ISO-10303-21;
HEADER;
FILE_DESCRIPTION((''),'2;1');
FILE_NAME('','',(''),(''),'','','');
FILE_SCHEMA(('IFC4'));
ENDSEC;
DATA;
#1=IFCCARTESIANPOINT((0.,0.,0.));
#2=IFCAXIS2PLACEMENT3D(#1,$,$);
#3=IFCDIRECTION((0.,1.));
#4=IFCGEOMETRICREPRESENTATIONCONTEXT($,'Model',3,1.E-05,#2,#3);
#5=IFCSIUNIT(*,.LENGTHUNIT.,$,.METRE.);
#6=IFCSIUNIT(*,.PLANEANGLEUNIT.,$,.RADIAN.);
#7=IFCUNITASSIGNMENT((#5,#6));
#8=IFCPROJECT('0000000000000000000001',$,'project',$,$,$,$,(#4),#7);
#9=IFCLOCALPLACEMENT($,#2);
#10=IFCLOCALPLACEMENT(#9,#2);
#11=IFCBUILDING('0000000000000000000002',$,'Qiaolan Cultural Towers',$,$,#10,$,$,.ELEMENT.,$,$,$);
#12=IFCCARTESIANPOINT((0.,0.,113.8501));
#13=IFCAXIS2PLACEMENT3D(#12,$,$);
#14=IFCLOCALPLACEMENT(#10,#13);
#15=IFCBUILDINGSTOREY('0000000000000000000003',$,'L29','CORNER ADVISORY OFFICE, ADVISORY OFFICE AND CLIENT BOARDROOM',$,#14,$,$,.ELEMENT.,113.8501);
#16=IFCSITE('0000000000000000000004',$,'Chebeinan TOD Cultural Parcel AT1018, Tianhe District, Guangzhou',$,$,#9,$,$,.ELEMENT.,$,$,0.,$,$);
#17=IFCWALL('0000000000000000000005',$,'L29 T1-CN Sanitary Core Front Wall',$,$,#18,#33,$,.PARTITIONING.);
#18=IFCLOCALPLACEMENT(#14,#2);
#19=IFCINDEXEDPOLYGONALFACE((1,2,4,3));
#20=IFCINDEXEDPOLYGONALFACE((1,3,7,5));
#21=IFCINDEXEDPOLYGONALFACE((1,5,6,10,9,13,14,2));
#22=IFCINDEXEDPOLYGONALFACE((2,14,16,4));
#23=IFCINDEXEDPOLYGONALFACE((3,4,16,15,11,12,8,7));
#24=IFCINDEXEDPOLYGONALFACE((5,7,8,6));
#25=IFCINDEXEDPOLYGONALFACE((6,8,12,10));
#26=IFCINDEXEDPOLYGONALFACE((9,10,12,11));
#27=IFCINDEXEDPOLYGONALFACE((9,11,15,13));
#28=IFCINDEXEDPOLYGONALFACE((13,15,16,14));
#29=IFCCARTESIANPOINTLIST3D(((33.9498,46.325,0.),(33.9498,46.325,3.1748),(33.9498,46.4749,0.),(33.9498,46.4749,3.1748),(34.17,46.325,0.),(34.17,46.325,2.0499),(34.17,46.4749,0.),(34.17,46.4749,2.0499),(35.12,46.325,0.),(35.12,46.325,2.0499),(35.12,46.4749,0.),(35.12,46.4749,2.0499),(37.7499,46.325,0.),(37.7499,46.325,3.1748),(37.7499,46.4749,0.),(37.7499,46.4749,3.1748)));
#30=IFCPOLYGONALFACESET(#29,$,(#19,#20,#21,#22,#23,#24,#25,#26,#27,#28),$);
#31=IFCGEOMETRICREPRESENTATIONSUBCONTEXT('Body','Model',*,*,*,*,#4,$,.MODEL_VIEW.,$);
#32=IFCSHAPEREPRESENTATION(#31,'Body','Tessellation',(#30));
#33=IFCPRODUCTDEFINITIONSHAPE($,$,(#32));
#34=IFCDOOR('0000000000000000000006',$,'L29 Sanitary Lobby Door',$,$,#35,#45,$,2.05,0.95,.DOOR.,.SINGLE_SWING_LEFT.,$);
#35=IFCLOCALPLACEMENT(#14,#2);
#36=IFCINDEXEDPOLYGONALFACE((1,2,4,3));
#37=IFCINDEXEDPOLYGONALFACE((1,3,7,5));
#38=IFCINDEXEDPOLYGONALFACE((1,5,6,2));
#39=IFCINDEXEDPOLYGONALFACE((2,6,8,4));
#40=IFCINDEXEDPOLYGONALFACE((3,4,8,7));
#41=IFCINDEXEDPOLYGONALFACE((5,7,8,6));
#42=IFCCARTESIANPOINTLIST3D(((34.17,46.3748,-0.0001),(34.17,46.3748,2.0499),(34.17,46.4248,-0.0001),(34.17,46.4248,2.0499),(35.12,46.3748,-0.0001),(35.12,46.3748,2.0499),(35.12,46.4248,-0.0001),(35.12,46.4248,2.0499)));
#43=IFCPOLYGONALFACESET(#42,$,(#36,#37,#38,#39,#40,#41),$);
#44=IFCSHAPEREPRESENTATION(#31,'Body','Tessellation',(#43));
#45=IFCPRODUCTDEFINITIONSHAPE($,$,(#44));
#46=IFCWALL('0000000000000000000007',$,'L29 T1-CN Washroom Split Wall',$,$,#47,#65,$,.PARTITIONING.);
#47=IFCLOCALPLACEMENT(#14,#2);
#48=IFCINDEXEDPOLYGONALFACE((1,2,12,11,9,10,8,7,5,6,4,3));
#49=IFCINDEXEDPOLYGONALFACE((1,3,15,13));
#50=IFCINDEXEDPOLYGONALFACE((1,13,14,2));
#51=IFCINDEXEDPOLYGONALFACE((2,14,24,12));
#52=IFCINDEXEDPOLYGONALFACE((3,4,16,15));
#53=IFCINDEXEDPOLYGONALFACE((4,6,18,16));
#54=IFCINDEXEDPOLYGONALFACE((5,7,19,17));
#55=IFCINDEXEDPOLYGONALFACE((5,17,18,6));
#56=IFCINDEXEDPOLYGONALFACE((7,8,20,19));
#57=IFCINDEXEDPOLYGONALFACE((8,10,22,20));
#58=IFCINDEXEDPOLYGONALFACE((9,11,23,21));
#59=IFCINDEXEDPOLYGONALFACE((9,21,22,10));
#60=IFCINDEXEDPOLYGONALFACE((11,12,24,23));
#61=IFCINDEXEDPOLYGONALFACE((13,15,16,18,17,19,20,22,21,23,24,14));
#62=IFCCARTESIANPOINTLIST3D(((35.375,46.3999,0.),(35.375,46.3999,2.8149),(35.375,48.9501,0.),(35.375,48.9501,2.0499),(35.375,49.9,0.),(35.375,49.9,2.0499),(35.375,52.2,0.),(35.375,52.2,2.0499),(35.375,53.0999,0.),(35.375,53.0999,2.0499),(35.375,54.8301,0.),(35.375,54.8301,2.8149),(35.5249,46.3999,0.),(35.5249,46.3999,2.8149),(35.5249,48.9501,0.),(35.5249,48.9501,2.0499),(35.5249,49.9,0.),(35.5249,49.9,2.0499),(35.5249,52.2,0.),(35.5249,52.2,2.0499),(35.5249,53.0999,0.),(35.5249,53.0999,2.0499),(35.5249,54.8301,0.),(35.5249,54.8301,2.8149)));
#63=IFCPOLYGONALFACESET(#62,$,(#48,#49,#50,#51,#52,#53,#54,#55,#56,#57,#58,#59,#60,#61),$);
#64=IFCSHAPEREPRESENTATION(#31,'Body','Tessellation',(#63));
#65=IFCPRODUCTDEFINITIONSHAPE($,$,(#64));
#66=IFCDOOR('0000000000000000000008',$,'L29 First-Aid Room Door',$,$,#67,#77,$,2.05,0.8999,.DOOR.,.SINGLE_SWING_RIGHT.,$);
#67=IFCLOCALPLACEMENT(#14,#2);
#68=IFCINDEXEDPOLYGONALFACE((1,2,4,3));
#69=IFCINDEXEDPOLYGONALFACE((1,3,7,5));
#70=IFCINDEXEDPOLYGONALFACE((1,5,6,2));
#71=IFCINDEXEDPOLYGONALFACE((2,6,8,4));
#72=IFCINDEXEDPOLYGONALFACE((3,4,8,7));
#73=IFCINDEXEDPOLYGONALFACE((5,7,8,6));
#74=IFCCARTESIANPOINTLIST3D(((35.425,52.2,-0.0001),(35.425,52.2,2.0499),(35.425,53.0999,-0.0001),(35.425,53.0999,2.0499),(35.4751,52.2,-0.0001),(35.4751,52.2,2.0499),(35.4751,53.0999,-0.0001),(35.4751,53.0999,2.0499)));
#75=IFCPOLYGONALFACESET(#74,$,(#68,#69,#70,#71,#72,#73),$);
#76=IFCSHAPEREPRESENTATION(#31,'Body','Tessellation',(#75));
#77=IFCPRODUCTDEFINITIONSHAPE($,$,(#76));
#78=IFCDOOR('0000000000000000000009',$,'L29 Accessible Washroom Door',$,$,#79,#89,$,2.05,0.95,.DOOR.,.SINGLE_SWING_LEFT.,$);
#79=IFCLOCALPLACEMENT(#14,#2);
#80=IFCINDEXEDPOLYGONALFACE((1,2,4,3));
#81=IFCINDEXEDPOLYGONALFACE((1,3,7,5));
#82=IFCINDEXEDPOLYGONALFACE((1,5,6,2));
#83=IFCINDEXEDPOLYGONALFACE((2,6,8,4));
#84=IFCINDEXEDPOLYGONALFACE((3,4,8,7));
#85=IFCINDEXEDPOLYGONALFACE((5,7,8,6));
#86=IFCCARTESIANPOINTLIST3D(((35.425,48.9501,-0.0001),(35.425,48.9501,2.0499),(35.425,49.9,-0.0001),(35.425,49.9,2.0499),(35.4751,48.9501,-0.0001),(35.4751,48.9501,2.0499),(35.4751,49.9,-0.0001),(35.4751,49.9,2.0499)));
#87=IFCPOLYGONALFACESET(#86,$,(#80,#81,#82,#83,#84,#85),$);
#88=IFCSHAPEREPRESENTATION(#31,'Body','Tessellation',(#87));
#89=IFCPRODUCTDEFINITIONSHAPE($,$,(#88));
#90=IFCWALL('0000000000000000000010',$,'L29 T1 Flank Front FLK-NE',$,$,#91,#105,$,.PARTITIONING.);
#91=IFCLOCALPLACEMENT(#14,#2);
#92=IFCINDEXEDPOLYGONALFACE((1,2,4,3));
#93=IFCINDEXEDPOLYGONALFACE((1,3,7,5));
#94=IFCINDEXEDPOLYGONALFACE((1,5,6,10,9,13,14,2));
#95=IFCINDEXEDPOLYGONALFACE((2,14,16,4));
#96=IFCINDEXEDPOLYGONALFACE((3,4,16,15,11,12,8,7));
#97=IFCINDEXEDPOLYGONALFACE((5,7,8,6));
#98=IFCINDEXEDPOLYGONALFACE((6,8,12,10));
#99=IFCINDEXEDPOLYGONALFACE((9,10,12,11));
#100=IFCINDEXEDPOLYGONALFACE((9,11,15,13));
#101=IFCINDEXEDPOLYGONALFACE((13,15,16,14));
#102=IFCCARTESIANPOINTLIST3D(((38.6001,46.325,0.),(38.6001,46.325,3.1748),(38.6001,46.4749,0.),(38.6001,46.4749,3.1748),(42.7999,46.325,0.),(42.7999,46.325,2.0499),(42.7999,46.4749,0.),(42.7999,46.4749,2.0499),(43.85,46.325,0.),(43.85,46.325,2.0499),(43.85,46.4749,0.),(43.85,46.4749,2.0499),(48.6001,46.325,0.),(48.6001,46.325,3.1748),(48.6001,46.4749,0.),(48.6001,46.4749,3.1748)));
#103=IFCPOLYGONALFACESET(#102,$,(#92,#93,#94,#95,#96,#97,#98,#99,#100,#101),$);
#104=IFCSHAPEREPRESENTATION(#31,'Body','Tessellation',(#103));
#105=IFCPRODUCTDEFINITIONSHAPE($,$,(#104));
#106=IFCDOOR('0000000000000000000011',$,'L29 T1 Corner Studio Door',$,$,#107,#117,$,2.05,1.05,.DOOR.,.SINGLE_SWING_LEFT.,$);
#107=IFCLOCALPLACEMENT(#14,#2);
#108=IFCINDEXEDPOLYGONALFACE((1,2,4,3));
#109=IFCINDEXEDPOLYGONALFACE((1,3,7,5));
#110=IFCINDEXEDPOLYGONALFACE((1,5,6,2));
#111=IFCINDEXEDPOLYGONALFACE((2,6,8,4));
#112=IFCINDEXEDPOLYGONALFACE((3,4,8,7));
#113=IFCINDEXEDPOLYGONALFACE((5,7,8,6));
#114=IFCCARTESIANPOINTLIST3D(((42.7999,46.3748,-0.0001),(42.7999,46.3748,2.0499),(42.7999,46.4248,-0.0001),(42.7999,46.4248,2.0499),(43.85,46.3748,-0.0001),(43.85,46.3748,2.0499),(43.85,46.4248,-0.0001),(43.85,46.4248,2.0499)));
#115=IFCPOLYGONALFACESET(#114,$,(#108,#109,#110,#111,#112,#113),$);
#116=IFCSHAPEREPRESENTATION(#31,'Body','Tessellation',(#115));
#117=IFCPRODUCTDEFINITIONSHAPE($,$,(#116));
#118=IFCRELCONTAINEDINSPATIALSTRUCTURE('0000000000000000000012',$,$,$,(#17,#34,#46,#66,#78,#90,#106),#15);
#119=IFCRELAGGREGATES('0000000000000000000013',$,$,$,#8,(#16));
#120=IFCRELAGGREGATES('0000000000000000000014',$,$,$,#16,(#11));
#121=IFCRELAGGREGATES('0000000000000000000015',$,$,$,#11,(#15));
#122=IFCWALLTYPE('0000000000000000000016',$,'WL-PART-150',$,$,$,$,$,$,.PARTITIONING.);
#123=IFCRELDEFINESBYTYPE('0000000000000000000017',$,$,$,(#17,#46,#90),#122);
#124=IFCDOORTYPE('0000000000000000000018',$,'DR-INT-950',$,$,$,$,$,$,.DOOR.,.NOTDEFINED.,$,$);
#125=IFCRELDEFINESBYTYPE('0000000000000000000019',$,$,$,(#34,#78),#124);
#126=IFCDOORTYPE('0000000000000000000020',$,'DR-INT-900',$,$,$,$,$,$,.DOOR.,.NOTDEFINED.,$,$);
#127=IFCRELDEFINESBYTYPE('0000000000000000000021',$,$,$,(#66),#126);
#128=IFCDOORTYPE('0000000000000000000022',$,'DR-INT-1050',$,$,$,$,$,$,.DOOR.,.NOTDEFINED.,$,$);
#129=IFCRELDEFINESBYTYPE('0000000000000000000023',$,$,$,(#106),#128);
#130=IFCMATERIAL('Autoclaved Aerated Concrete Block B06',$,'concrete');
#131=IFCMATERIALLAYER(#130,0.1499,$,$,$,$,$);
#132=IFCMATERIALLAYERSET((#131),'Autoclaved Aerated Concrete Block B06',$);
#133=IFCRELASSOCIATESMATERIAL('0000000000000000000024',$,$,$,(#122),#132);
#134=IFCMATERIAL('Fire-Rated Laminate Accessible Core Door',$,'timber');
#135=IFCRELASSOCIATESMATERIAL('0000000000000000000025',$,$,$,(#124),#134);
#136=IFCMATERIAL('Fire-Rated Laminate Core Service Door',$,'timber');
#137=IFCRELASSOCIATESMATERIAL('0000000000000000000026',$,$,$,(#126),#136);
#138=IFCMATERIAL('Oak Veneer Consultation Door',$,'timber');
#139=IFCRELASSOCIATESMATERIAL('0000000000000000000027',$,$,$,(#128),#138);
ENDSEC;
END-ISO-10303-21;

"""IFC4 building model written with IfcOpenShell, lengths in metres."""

from ifc_helpers import new_model, si_unit, direction, frame, frame_2d, origin, place, context, subcontext, project, spatial, rectangle, extrude, material, layer, layer_set, type_object, element, fill, save


model = new_model("IFC4")

# Units and contexts
model_context = context("Model", 3, precision=1e-05, world=origin(), true_north=direction((0.0, 1.0)))
body_context = subcontext(model_context, "Body", "Model", "MODEL_VIEW")
ifc_project = project(units=[si_unit("LENGTHUNIT", "METRE"), si_unit("PLANEANGLEUNIT", "RADIAN")], contexts=[model_context])

# Site, building, storey
site_placement = place(None, origin())
site = spatial("IfcSite", under=ifc_project, at=site_placement, Name="Chebeinan TOD Cultural Parcel AT1018, Tianhe District, Guangzhou", CompositionType="ELEMENT", RefElevation=0.0)
building_placement = place(site_placement, origin())
building = spatial("IfcBuilding", under=site, at=building_placement, Name="Qiaolan Cultural Towers", CompositionType="ELEMENT")
storey_placement = place(building_placement, frame((0.0, 0.0, 113.8501)))
storey = spatial("IfcBuildingStorey", under=building, at=storey_placement, Name="L29", Description="CORNER ADVISORY OFFICE, ADVISORY OFFICE AND CLIENT BOARDROOM", CompositionType="ELEMENT", Elevation=113.8501)

# Wall, opening, door
ifc_material_1 = material(Name="Autoclaved Aerated Concrete Block B06", Category="concrete")
ifc_layer_1 = layer(ifc_material_1, 0.1499)
ifc_layer_set_1 = layer_set([ifc_layer_1], Name="Autoclaved Aerated Concrete Block B06")
wall_type_1 = type_object("IfcWallType", Name="WL-PART-150", PredefinedType="PARTITIONING", material=ifc_layer_set_1)
wall_1_placement = place(storey_placement, frame((33.95, 46.3999, 0.0), z_axis=(0.0, 0.0, 1.0), x_axis=(1.0, 0.0, 0.0)))
wall_1 = element("IfcWall", 1, at=wall_1_placement, inside=storey, type_object=wall_type_1, Name="L29 T1-CN Sanitary Core Front Wall", PredefinedType="PARTITIONING", context=body_context, shape_type="SweptSolid", body=[
    extrude(rectangle(XDim=3.8, YDim=0.1499, at=frame_2d((1.8999, 0.0))), origin(), (0.0, 0.0, 1.0), 3.1748),
])
opening_1_placement = place(wall_1_placement, frame((0.22, 0.0, 0.0)))
opening_1 = element("IfcOpeningElement", 2, at=opening_1_placement, cuts=wall_1, PredefinedType="OPENING", context=body_context, shape_type="SweptSolid", body=[
    extrude(rectangle(XDim=0.95, YDim=2.05, at=frame_2d((0.4751, 1.0249))), frame((0.0, 0.085, 0.0), z_axis=(0.0, -1.0, 0.0), x_axis=(1.0, 0.0, 0.0)), (0.0, 0.0, 1.0), 0.1699),
])
ifc_material_2 = material(Name="Fire-Rated Laminate Accessible Core Door", Category="timber")
door_type_1 = type_object("IfcDoorType", Name="DR-INT-950", OperationType="NOTDEFINED", PredefinedType="DOOR", material=ifc_material_2)
door_1_placement = place(opening_1_placement, origin())
door_1 = element("IfcDoor", 3, at=door_1_placement, inside=storey, type_object=door_type_1, Name="L29 Sanitary Lobby Door", OperationType="SINGLE_SWING_LEFT", OverallHeight=2.05, OverallWidth=0.95, PredefinedType="DOOR", context=body_context, shape_type="SweptSolid", body=[
    extrude(rectangle(XDim=0.95, YDim=2.05, at=frame_2d((0.4751, 1.0249))), frame((0.0, 0.0249, 0.0), z_axis=(0.0, -1.0, 0.0), x_axis=(1.0, 0.0, 0.0)), (0.0, 0.0, 1.0), 0.05),
])
fill(opening_1, door_1)

# Wall, openings, doors
wall_2_placement = place(storey_placement, frame((35.45, 46.3999, 0.0), z_axis=(0.0, 0.0, 1.0), x_axis=(0.0, 1.0, 0.0)))
wall_2 = element("IfcWall", 4, at=wall_2_placement, inside=storey, type_object=wall_type_1, Name="L29 T1-CN Washroom Split Wall", PredefinedType="PARTITIONING", context=body_context, shape_type="SweptSolid", body=[
    extrude(rectangle(XDim=8.4302, YDim=0.1499, at=frame_2d((4.2151, 0.0))), origin(), (0.0, 0.0, 1.0), 2.8149),
])
opening_2_placement = place(wall_2_placement, frame((2.55, 0.0, 0.0)))
opening_2 = element("IfcOpeningElement", 5, at=opening_2_placement, cuts=wall_2, PredefinedType="OPENING", context=body_context, shape_type="SweptSolid", body=[
    extrude(rectangle(XDim=0.95, YDim=2.05, at=frame_2d((0.4751, 1.0249))), frame((0.0, 0.085, 0.0), z_axis=(0.0, -1.0, 0.0), x_axis=(1.0, 0.0, 0.0)), (0.0, 0.0, 1.0), 0.1699),
])
opening_3_placement = place(wall_2_placement, frame((5.8, 0.0, 0.0)))
opening_3 = element("IfcOpeningElement", 6, at=opening_3_placement, cuts=wall_2, PredefinedType="OPENING", context=body_context, shape_type="SweptSolid", body=[
    extrude(rectangle(XDim=0.8999, YDim=2.05, at=frame_2d((0.45, 1.0249))), frame((0.0, 0.085, 0.0), z_axis=(0.0, -1.0, 0.0), x_axis=(1.0, 0.0, 0.0)), (0.0, 0.0, 1.0), 0.1699),
])
ifc_material_3 = material(Name="Fire-Rated Laminate Core Service Door", Category="timber")
door_type_2 = type_object("IfcDoorType", Name="DR-INT-900", OperationType="NOTDEFINED", PredefinedType="DOOR", material=ifc_material_3)
door_2_placement = place(opening_3_placement, origin())
door_2 = element("IfcDoor", 7, at=door_2_placement, inside=storey, type_object=door_type_2, Name="L29 First-Aid Room Door", OperationType="SINGLE_SWING_RIGHT", OverallHeight=2.05, OverallWidth=0.8999, PredefinedType="DOOR", context=body_context, shape_type="SweptSolid", body=[
    extrude(rectangle(XDim=0.8999, YDim=2.05, at=frame_2d((0.45, 1.0249))), frame((0.0, 0.0249, 0.0), z_axis=(0.0, -1.0, 0.0), x_axis=(1.0, 0.0, 0.0)), (0.0, 0.0, 1.0), 0.05),
])
fill(opening_3, door_2)
door_3_placement = place(opening_2_placement, origin())
door_3 = element("IfcDoor", 8, at=door_3_placement, inside=storey, type_object=door_type_1, Name="L29 Accessible Washroom Door", OperationType="SINGLE_SWING_LEFT", OverallHeight=2.05, OverallWidth=0.95, PredefinedType="DOOR", context=body_context, shape_type="SweptSolid", body=[
    extrude(rectangle(XDim=0.95, YDim=2.05, at=frame_2d((0.4751, 1.0249))), frame((0.0, 0.0249, 0.0), z_axis=(0.0, -1.0, 0.0), x_axis=(1.0, 0.0, 0.0)), (0.0, 0.0, 1.0), 0.05),
])
fill(opening_2, door_3)

# Wall, opening, door
wall_3_placement = place(storey_placement, frame((38.6001, 46.3999, 0.0), z_axis=(0.0, 0.0, 1.0), x_axis=(1.0, 0.0, 0.0)))
wall_3 = element("IfcWall", 9, at=wall_3_placement, inside=storey, type_object=wall_type_1, Name="L29 T1 Flank Front FLK-NE", PredefinedType="PARTITIONING", context=body_context, shape_type="SweptSolid", body=[
    extrude(rectangle(XDim=10.0, YDim=0.1499, at=frame_2d((5.0, 0.0))), origin(), (0.0, 0.0, 1.0), 3.1748),
])
opening_4_placement = place(wall_3_placement, frame((4.2, 0.0, 0.0)))
opening_4 = element("IfcOpeningElement", 10, at=opening_4_placement, cuts=wall_3, PredefinedType="OPENING", context=body_context, shape_type="SweptSolid", body=[
    extrude(rectangle(XDim=1.05, YDim=2.05, at=frame_2d((0.5249, 1.0249))), frame((0.0, 0.085, 0.0), z_axis=(0.0, -1.0, 0.0), x_axis=(1.0, 0.0, 0.0)), (0.0, 0.0, 1.0), 0.1699),
])
ifc_material_4 = material(Name="Oak Veneer Consultation Door", Category="timber")
door_type_3 = type_object("IfcDoorType", Name="DR-INT-1050", OperationType="NOTDEFINED", PredefinedType="DOOR", material=ifc_material_4)
door_4_placement = place(opening_4_placement, origin())
door_4 = element("IfcDoor", 11, at=door_4_placement, inside=storey, type_object=door_type_3, Name="L29 T1 Corner Studio Door", OperationType="SINGLE_SWING_LEFT", OverallHeight=2.05, OverallWidth=1.05, PredefinedType="DOOR", context=body_context, shape_type="SweptSolid", body=[
    extrude(rectangle(XDim=1.05, YDim=2.05, at=frame_2d((0.5249, 1.0249))), frame((0.0, 0.0249, 0.0), z_axis=(0.0, -1.0, 0.0), x_axis=(1.0, 0.0, 0.0)), (0.0, 0.0, 1.0), 0.05),
])
fill(opening_4, door_4)

save(model, "model.ifc")
